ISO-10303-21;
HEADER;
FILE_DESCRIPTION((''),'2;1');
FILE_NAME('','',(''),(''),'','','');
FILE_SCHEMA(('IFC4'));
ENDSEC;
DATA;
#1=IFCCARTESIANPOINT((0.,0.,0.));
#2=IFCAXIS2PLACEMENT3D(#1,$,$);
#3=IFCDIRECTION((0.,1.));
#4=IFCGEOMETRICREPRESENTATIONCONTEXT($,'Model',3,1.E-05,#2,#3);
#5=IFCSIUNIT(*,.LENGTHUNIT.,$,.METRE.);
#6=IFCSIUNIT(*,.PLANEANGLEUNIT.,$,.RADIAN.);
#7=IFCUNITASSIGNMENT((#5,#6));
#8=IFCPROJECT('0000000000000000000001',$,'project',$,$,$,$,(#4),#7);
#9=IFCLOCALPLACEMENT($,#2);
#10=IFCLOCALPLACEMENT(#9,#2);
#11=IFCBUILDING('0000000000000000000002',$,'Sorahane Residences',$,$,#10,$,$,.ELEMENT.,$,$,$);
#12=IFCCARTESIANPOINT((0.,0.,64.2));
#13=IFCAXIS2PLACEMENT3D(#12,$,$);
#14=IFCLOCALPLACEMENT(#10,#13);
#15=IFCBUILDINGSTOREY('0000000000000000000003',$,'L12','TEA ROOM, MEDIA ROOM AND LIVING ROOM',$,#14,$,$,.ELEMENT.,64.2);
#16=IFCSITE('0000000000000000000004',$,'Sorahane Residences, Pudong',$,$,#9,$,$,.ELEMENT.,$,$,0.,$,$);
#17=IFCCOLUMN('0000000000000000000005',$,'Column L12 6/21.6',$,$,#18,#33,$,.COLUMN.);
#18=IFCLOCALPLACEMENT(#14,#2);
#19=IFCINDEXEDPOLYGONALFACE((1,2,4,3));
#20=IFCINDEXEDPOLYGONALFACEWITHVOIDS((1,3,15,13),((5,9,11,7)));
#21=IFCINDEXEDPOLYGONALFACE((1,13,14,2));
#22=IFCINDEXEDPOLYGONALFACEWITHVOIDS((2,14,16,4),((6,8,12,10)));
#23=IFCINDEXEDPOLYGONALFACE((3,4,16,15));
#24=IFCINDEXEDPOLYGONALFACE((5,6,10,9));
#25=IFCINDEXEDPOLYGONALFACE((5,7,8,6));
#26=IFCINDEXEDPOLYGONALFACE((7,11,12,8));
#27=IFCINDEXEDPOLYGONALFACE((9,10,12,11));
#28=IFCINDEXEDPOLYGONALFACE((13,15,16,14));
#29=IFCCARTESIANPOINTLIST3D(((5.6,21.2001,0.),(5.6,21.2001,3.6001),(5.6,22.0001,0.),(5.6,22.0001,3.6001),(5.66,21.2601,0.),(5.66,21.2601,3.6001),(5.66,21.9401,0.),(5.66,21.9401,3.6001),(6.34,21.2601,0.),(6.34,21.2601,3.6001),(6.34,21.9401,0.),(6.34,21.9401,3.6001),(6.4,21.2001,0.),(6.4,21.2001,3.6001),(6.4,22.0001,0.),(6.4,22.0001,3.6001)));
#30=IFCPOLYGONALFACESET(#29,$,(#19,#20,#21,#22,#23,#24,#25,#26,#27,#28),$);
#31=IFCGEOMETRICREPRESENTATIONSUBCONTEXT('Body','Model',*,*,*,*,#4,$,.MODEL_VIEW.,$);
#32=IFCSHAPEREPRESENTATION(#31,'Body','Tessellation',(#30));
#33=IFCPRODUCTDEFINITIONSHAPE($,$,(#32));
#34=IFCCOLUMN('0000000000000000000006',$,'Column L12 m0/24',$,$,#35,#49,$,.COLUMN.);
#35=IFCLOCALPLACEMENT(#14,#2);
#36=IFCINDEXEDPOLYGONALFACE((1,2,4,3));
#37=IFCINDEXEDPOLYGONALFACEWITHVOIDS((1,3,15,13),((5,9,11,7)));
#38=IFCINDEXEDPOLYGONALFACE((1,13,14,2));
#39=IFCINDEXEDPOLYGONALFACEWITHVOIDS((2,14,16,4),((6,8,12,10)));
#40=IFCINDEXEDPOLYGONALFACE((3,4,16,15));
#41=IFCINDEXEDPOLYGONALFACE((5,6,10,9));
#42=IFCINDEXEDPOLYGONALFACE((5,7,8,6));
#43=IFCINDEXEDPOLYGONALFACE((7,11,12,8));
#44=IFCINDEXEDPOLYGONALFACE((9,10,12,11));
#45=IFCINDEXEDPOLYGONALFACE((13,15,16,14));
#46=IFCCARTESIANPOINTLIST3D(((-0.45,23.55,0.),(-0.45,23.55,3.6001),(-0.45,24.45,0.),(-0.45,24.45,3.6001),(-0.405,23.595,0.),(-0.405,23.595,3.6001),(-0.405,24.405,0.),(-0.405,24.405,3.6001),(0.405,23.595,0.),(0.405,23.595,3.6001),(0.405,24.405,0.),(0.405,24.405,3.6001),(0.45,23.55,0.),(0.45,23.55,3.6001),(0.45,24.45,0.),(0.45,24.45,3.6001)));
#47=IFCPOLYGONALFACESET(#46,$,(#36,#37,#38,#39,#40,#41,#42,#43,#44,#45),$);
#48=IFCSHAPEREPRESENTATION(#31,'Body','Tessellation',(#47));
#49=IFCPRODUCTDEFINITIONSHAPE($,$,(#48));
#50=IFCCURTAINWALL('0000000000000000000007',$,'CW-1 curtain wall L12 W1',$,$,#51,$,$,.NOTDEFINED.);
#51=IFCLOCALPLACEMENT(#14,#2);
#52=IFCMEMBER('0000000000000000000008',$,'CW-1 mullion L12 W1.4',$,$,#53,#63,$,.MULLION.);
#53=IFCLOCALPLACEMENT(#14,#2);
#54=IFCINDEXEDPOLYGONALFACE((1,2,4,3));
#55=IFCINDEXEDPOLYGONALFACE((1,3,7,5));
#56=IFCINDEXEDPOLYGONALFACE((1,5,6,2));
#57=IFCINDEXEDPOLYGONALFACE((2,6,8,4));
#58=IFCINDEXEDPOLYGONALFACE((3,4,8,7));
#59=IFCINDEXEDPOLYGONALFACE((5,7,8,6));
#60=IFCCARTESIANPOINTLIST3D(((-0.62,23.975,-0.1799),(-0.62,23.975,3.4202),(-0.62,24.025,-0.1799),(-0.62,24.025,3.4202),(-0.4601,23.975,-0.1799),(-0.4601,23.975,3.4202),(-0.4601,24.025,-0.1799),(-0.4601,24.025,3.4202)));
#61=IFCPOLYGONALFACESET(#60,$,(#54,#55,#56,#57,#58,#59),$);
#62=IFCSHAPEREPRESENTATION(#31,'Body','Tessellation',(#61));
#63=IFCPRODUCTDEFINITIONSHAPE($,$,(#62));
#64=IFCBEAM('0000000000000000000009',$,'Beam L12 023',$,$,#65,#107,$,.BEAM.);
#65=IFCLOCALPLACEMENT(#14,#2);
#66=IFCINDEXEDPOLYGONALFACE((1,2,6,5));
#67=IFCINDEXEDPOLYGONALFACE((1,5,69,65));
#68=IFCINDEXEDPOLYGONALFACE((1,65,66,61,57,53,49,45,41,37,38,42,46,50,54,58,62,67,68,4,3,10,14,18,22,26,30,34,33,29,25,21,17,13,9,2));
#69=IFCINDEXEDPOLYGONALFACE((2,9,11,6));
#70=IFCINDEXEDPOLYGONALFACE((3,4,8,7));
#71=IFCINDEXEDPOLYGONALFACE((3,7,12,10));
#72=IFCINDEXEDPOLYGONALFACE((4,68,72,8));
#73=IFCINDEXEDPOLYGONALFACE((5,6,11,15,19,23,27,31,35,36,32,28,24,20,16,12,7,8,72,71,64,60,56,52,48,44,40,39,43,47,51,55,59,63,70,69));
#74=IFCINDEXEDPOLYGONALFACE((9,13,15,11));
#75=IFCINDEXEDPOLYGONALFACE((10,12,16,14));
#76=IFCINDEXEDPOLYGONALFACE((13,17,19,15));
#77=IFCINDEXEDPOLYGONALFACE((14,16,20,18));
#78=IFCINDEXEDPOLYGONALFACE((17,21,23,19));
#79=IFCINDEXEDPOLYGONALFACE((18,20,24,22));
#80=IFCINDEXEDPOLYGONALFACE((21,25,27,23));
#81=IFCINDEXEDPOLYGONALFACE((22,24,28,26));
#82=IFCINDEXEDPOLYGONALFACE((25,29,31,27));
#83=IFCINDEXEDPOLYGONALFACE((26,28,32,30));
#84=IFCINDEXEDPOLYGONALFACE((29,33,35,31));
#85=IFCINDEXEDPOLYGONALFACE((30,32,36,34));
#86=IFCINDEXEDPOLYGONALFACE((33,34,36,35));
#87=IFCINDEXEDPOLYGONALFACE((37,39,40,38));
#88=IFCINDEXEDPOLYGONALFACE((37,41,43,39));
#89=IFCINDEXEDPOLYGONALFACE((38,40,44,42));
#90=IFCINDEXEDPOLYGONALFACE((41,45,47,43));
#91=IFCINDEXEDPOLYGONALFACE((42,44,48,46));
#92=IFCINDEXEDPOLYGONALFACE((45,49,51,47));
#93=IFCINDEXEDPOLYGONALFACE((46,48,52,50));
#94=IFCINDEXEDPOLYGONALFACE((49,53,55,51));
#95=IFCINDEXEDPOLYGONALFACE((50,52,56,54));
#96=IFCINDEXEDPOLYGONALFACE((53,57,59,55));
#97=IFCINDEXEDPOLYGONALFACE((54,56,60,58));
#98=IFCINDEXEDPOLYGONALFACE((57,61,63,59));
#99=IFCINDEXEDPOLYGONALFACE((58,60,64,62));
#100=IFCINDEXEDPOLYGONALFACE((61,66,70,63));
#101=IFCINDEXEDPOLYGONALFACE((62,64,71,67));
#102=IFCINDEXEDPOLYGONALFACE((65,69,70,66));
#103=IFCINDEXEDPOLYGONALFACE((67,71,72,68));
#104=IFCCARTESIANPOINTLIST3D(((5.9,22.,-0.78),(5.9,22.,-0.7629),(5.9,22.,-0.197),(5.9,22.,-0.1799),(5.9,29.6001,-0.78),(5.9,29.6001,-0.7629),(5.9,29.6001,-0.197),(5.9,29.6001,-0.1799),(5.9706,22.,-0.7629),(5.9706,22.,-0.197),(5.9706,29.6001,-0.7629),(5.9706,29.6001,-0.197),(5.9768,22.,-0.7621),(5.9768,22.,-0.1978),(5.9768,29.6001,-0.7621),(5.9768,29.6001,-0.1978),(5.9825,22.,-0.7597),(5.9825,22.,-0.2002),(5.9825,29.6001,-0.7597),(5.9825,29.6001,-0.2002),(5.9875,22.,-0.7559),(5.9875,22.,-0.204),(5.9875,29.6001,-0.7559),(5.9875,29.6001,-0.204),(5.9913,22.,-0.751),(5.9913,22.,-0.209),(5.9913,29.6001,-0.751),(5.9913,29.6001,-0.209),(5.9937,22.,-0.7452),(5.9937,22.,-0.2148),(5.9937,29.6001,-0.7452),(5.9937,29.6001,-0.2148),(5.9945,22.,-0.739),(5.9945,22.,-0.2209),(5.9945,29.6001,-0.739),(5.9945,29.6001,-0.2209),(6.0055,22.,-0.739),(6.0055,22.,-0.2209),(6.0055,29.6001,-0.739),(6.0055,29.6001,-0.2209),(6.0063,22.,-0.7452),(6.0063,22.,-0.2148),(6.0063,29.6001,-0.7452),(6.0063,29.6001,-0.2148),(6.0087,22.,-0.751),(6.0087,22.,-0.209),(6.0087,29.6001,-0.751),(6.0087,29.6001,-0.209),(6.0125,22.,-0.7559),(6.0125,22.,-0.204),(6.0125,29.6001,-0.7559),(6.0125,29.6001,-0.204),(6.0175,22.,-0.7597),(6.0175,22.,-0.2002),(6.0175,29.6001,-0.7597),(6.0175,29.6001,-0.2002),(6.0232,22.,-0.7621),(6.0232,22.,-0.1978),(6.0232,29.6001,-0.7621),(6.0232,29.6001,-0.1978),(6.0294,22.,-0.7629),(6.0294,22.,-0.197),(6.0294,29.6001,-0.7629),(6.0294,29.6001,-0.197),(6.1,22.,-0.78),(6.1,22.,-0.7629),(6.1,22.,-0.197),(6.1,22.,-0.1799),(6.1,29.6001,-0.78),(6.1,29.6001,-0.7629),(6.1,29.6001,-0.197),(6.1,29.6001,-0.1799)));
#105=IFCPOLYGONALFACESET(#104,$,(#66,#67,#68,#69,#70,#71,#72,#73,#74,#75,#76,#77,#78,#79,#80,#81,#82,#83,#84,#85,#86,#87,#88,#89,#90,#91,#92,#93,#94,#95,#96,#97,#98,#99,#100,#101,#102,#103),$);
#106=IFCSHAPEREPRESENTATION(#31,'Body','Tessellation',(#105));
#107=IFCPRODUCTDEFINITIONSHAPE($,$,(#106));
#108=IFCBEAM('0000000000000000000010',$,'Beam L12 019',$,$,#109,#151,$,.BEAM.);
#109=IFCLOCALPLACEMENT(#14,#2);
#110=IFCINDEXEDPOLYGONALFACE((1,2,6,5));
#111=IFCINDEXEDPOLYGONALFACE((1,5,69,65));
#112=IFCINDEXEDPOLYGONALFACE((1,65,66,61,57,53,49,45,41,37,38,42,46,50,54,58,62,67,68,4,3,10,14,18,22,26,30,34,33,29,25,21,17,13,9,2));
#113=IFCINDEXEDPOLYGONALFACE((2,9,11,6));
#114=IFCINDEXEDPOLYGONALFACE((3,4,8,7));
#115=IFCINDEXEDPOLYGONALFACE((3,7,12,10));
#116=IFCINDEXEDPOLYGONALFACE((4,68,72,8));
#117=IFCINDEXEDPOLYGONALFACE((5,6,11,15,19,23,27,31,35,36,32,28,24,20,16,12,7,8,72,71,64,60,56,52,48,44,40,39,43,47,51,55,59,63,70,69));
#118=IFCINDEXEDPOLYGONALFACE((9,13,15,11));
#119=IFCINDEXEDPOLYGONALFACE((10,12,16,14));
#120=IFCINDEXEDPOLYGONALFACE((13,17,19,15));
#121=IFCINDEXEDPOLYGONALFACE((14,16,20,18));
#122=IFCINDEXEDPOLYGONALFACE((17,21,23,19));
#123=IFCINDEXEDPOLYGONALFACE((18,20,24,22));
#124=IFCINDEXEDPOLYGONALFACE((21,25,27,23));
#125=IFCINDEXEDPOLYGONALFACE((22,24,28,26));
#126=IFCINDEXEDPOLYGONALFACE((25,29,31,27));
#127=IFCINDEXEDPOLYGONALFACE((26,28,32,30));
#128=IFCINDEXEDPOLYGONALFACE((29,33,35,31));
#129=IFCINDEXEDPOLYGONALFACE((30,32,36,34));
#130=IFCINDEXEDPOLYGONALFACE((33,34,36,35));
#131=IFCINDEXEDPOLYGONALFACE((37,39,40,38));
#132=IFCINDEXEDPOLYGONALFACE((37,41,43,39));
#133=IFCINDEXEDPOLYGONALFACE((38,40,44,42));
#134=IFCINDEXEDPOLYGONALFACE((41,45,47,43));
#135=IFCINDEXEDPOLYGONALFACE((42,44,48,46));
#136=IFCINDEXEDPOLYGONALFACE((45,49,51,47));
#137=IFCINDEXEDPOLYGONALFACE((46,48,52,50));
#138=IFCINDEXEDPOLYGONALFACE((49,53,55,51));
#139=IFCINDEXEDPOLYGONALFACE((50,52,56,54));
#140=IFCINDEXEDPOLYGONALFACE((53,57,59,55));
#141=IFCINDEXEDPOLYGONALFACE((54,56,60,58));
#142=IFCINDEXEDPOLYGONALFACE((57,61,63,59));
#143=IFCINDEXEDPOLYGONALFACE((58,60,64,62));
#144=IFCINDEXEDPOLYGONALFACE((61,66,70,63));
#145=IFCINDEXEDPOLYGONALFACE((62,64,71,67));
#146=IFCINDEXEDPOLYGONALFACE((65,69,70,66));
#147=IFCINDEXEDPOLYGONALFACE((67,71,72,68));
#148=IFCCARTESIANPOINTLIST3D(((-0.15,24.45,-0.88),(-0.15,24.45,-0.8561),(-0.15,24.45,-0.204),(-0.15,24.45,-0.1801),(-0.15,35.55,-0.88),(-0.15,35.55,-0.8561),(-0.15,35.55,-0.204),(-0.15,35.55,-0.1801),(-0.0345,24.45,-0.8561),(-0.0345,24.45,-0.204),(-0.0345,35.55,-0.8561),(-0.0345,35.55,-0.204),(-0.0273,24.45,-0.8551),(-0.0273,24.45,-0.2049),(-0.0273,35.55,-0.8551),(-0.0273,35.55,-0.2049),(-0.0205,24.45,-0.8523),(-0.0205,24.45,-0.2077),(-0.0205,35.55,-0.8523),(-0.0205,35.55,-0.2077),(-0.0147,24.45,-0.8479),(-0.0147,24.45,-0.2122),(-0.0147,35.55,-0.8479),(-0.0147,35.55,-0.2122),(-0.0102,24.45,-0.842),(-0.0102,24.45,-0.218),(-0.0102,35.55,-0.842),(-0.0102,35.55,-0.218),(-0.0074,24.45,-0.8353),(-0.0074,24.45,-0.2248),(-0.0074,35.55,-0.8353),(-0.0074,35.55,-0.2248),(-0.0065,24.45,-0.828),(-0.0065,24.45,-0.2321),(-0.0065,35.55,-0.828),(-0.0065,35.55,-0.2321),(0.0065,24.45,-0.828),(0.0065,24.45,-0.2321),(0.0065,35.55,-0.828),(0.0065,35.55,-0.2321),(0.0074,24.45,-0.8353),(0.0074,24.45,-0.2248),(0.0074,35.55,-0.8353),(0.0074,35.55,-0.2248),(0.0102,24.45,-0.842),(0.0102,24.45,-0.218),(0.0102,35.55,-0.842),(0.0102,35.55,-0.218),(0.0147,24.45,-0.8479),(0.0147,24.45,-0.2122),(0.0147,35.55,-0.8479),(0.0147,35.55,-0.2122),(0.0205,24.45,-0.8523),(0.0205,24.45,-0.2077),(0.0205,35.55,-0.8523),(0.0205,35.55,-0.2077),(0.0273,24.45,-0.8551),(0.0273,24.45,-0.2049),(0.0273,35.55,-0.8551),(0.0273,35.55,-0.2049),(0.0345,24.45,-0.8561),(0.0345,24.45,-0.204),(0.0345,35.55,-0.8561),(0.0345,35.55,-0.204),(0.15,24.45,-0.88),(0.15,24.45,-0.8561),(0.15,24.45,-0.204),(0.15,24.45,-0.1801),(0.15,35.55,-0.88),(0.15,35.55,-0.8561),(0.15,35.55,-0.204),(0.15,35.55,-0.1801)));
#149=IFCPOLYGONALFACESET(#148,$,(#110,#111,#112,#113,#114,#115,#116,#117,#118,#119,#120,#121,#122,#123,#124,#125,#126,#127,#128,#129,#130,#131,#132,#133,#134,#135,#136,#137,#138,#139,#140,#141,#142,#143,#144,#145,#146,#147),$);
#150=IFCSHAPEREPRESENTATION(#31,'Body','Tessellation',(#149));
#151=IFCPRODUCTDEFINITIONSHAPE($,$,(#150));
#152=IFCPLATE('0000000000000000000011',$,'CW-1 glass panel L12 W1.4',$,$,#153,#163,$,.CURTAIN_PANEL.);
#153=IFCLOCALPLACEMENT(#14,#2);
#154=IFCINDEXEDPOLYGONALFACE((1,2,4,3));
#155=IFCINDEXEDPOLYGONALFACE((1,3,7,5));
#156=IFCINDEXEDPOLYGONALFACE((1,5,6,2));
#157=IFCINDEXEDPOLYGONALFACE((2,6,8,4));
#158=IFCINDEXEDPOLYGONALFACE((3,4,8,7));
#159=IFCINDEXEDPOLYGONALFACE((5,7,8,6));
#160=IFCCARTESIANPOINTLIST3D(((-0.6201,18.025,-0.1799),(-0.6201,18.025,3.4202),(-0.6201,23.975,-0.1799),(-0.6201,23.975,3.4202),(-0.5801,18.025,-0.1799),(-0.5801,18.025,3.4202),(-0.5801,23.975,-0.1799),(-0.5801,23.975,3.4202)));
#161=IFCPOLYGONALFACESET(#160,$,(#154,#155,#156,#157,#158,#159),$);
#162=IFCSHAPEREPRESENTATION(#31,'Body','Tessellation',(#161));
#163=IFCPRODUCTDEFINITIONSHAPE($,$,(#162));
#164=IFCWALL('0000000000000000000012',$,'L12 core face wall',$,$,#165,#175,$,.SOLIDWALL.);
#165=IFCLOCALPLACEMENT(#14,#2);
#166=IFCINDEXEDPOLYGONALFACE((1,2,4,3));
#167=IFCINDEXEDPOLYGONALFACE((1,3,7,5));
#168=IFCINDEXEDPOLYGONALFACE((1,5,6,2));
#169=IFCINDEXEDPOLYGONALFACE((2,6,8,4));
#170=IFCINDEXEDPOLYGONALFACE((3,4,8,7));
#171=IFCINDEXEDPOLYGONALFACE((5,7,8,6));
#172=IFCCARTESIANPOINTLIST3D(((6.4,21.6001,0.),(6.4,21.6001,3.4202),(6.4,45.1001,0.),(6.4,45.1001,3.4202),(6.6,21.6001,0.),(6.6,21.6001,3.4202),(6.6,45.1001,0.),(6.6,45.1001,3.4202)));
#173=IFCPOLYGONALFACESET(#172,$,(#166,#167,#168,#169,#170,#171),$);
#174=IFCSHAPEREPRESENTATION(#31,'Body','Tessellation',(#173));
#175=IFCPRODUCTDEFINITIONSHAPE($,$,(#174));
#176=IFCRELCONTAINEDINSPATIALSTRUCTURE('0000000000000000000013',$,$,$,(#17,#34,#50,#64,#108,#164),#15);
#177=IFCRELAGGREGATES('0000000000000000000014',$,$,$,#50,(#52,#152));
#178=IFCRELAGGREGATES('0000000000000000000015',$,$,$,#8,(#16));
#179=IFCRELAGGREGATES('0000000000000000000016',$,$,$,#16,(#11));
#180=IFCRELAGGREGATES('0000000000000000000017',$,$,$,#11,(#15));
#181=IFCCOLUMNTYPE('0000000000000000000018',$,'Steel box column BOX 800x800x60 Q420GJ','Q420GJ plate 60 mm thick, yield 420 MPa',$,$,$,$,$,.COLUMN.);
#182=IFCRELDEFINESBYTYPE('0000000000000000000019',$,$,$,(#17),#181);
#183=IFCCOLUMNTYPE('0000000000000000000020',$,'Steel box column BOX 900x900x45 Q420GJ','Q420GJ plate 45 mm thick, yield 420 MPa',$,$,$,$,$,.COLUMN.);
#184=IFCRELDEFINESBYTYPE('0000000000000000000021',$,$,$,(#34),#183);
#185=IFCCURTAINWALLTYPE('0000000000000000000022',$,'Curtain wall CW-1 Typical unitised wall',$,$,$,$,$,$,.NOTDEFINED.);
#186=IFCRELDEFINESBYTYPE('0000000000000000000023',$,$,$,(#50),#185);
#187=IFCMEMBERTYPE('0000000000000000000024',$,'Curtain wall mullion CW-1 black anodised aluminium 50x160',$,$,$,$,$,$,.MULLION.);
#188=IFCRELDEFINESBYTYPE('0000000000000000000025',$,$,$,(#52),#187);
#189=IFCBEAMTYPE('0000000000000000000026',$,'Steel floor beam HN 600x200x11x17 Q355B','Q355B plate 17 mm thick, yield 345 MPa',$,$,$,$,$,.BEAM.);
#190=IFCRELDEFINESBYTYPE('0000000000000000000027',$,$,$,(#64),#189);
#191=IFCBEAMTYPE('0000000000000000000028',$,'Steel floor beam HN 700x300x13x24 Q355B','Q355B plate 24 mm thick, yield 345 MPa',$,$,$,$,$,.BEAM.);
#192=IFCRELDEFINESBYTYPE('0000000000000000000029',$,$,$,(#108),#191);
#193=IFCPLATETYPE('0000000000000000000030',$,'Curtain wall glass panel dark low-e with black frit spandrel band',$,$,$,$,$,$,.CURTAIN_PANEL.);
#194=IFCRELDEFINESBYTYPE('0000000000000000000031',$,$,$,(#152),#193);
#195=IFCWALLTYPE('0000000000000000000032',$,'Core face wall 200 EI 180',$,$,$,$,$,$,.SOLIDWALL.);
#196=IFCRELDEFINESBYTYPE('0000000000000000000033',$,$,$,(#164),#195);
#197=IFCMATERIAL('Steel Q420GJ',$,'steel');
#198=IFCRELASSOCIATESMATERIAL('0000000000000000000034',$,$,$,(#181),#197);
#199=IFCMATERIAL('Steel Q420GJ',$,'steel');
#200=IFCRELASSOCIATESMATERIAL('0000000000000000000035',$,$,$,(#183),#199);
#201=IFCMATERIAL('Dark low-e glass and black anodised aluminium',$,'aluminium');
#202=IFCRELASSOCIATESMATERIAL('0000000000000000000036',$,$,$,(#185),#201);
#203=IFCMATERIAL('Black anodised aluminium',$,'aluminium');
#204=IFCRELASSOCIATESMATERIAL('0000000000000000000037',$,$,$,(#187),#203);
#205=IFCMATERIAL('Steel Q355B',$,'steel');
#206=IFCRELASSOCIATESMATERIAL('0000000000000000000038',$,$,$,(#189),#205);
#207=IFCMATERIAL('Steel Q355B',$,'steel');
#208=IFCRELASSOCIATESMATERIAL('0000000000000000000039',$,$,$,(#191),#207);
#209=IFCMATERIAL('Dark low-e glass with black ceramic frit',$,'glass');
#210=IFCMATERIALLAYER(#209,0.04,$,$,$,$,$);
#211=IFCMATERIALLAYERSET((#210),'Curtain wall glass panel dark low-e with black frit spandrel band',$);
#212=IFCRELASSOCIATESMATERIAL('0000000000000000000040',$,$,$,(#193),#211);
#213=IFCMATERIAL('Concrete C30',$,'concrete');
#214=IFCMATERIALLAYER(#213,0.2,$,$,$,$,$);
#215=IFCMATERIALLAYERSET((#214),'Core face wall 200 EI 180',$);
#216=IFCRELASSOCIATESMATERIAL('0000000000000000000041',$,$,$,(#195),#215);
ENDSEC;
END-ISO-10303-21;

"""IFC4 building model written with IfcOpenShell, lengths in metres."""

from ifc_helpers import new_model, si_unit, direction, frame, frame_2d, origin, origin_2d, place, context, subcontext, project, spatial, rectangle, hollow_rectangle, i_section, extrude, material, layer, layer_set, material_profile, profile_set, type_object, element, aggregate, save


model = new_model("IFC4")

# Units and contexts
model_context = context("Model", 3, precision=1e-05, world=origin(), true_north=direction((0.0, 1.0)))
body_context = subcontext(model_context, "Body", "Model", "MODEL_VIEW")
ifc_project = project(units=[si_unit("LENGTHUNIT", "METRE"), si_unit("PLANEANGLEUNIT", "RADIAN")], contexts=[model_context])

# Site, building, storey
site_placement = place(None, origin())
site = spatial("IfcSite", under=ifc_project, at=site_placement, Name="Sorahane Residences, Pudong", CompositionType="ELEMENT", RefElevation=0.0)
building_placement = place(site_placement, origin())
building = spatial("IfcBuilding", under=site, at=building_placement, Name="Sorahane Residences", CompositionType="ELEMENT")
storey_placement = place(building_placement, frame((0.0, 0.0, 64.2)))
storey = spatial("IfcBuildingStorey", under=building, at=storey_placement, Name="L12", Description="TEA ROOM, MEDIA ROOM AND LIVING ROOM", CompositionType="ELEMENT", Elevation=64.2)

# Columns
ifc_material_1 = material(Name="Steel Q420GJ", Category="steel")
ifc_material_profile_1 = material_profile(ifc_material_1, hollow_rectangle(XDim=0.8, YDim=0.8, WallThickness=0.0601, at=origin_2d()), Name="BOX 800x800x60")
ifc_profile_set_1 = profile_set([ifc_material_profile_1], Name="Steel Q420GJ")
column_type_1 = type_object("IfcColumnType", Name="Steel box column BOX 800x800x60 Q420GJ", Description="Q420GJ plate 60 mm thick, yield 420 MPa", PredefinedType="COLUMN", material=ifc_profile_set_1)
column_1_placement = place(storey_placement, frame((6.0, 21.6001, 0.0), z_axis=(0.0, 0.0, 1.0), x_axis=(1.0, 0.0, 0.0)))
element("IfcColumn", 1, at=column_1_placement, inside=storey, type_object=column_type_1, Name="Column L12 6/21.6", PredefinedType="COLUMN", context=body_context, shape_type="SweptSolid", body=[
    extrude(hollow_rectangle(XDim=0.8, YDim=0.8, WallThickness=0.0601, at=origin_2d()), origin(), (0.0, 0.0, 1.0), 3.6001),
])
ifc_material_2 = material(Name="Steel Q420GJ", Category="steel")
ifc_material_profile_2 = material_profile(ifc_material_2, hollow_rectangle(XDim=0.8999, YDim=0.8999, WallThickness=0.0449, at=origin_2d()), Name="BOX 900x900x45")
ifc_profile_set_2 = profile_set([ifc_material_profile_2], Name="Steel Q420GJ")
column_type_2 = type_object("IfcColumnType", Name="Steel box column BOX 900x900x45 Q420GJ", Description="Q420GJ plate 45 mm thick, yield 420 MPa", PredefinedType="COLUMN", material=ifc_profile_set_2)
column_2_placement = place(storey_placement, frame((0.0, 24.0, 0.0), z_axis=(0.0, 0.0, 1.0), x_axis=(1.0, 0.0, 0.0)))
element("IfcColumn", 2, at=column_2_placement, inside=storey, type_object=column_type_2, Name="Column L12 m0/24", PredefinedType="COLUMN", context=body_context, shape_type="SweptSolid", body=[
    extrude(hollow_rectangle(XDim=0.8999, YDim=0.8999, WallThickness=0.0449, at=origin_2d()), origin(), (0.0, 0.0, 1.0), 3.6001),
])

# Curtain wall, member
ifc_material_3 = material(Name="Dark low-e glass and black anodised aluminium", Category="aluminium")
curtain_wall_type = type_object("IfcCurtainWallType", Name="Curtain wall CW-1 Typical unitised wall", PredefinedType="NOTDEFINED", material=ifc_material_3)
curtain_wall_placement = place(storey_placement, origin())
curtain_wall = element("IfcCurtainWall", 3, at=curtain_wall_placement, inside=storey, type_object=curtain_wall_type, Name="CW-1 curtain wall L12 W1", PredefinedType="NOTDEFINED")
ifc_material_4 = material(Name="Black anodised aluminium", Category="aluminium")
ifc_material_profile_3 = material_profile(ifc_material_4, rectangle(XDim=0.1599, YDim=0.05, at=origin_2d()), Name="Curtain wall mullion CW-1 black anodised aluminium 50x160")
ifc_profile_set_3 = profile_set([ifc_material_profile_3], Name="Black anodised aluminium")
member_type = type_object("IfcMemberType", Name="Curtain wall mullion CW-1 black anodised aluminium 50x160", PredefinedType="MULLION", material=ifc_profile_set_3)
member_placement = place(storey_placement, frame((-0.54, 24.0, -0.1799), z_axis=(0.0, 0.0, 1.0), x_axis=(-1.0, 0.0, 0.0)))
member = element("IfcMember", 4, at=member_placement, type_object=member_type, Name="CW-1 mullion L12 W1.4", PredefinedType="MULLION", context=body_context, shape_type="SweptSolid", body=[
    extrude(rectangle(XDim=0.1599, YDim=0.05, at=origin_2d()), origin(), (0.0, 0.0, 1.0), 3.6001),
])

# Beams
ifc_material_5 = material(Name="Steel Q355B", Category="steel")
ifc_material_profile_4 = material_profile(ifc_material_5, i_section(OverallWidth=0.2, OverallDepth=0.6001, WebThickness=0.011, FlangeThickness=0.0171, FilletRadius=0.0239, at=origin_2d()), Name="HN 600x200x11x17")
ifc_profile_set_4 = profile_set([ifc_material_profile_4], Name="Steel Q355B")
beam_type_1 = type_object("IfcBeamType", Name="Steel floor beam HN 600x200x11x17 Q355B", Description="Q355B plate 17 mm thick, yield 345 MPa", PredefinedType="BEAM", material=ifc_profile_set_4)
beam_1_placement = place(storey_placement, frame((6.0, 22.0, -0.48), z_axis=(0.0, 1.0, 0.0), x_axis=(-1.0, 0.0, 0.0)))
element("IfcBeam", 5, at=beam_1_placement, inside=storey, type_object=beam_type_1, Name="Beam L12 023", PredefinedType="BEAM", context=body_context, shape_type="SweptSolid", body=[
    extrude(i_section(OverallWidth=0.2, OverallDepth=0.6001, WebThickness=0.011, FlangeThickness=0.0171, FilletRadius=0.0239, at=origin_2d()), origin(), (0.0, 0.0, 1.0), 7.6001),
])
ifc_material_6 = material(Name="Steel Q355B", Category="steel")
ifc_material_profile_5 = material_profile(ifc_material_6, i_section(OverallWidth=0.3, OverallDepth=0.7, WebThickness=0.0129, FlangeThickness=0.0239, FilletRadius=0.0281, at=origin_2d()), Name="HN 700x300x13x24")
ifc_profile_set_5 = profile_set([ifc_material_profile_5], Name="Steel Q355B")
beam_type_2 = type_object("IfcBeamType", Name="Steel floor beam HN 700x300x13x24 Q355B", Description="Q355B plate 24 mm thick, yield 345 MPa", PredefinedType="BEAM", material=ifc_profile_set_5)
beam_2_placement = place(storey_placement, frame((0.0, 24.45, -0.53), z_axis=(0.0, 1.0, 0.0), x_axis=(-1.0, 0.0, 0.0)))
element("IfcBeam", 6, at=beam_2_placement, inside=storey, type_object=beam_type_2, Name="Beam L12 019", PredefinedType="BEAM", context=body_context, shape_type="SweptSolid", body=[
    extrude(i_section(OverallWidth=0.3, OverallDepth=0.7, WebThickness=0.0129, FlangeThickness=0.0239, FilletRadius=0.0281, at=origin_2d()), origin(), (0.0, 0.0, 1.0), 11.1001),
])

# Plate
ifc_material_7 = material(Name="Dark low-e glass with black ceramic frit", Category="glass")
ifc_layer_1 = layer(ifc_material_7, 0.04)
ifc_layer_set_1 = layer_set([ifc_layer_1], Name="Curtain wall glass panel dark low-e with black frit spandrel band")
plate_type = type_object("IfcPlateType", Name="Curtain wall glass panel dark low-e with black frit spandrel band", PredefinedType="CURTAIN_PANEL", material=ifc_layer_set_1)
plate_placement = place(storey_placement, frame((-0.6001, 21.0, -0.1799), z_axis=(0.0, 0.0, 1.0), x_axis=(0.0, -1.0, 0.0)))
plate = element("IfcPlate", 7, at=plate_placement, type_object=plate_type, Name="CW-1 glass panel L12 W1.4", PredefinedType="CURTAIN_PANEL", context=body_context, shape_type="SweptSolid", body=[
    extrude(rectangle(XDim=5.95, YDim=0.04, at=origin_2d()), origin(), (0.0, 0.0, 1.0), 3.6001),
])
aggregate(curtain_wall, [member, plate])

# Wall
ifc_material_8 = material(Name="Concrete C30", Category="concrete")
ifc_layer_2 = layer(ifc_material_8, 0.2)
ifc_layer_set_2 = layer_set([ifc_layer_2], Name="Core face wall 200 EI 180")
wall_type_1 = type_object("IfcWallType", Name="Core face wall 200 EI 180", PredefinedType="SOLIDWALL", material=ifc_layer_set_2)
wall_1_placement = place(storey_placement, frame((6.5, 21.6001, 0.0), z_axis=(0.0, 0.0, 1.0), x_axis=(0.0, 1.0, 0.0)))
element("IfcWall", 8, at=wall_1_placement, inside=storey, type_object=wall_type_1, Name="L12 core face wall", PredefinedType="SOLIDWALL", context=body_context, shape_type="SweptSolid", body=[
    extrude(rectangle(XDim=23.5, YDim=0.2, at=frame_2d((11.75, 0.0))), origin(), (0.0, 0.0, 1.0), 3.4202),
])

save(model, "model.ifc")
